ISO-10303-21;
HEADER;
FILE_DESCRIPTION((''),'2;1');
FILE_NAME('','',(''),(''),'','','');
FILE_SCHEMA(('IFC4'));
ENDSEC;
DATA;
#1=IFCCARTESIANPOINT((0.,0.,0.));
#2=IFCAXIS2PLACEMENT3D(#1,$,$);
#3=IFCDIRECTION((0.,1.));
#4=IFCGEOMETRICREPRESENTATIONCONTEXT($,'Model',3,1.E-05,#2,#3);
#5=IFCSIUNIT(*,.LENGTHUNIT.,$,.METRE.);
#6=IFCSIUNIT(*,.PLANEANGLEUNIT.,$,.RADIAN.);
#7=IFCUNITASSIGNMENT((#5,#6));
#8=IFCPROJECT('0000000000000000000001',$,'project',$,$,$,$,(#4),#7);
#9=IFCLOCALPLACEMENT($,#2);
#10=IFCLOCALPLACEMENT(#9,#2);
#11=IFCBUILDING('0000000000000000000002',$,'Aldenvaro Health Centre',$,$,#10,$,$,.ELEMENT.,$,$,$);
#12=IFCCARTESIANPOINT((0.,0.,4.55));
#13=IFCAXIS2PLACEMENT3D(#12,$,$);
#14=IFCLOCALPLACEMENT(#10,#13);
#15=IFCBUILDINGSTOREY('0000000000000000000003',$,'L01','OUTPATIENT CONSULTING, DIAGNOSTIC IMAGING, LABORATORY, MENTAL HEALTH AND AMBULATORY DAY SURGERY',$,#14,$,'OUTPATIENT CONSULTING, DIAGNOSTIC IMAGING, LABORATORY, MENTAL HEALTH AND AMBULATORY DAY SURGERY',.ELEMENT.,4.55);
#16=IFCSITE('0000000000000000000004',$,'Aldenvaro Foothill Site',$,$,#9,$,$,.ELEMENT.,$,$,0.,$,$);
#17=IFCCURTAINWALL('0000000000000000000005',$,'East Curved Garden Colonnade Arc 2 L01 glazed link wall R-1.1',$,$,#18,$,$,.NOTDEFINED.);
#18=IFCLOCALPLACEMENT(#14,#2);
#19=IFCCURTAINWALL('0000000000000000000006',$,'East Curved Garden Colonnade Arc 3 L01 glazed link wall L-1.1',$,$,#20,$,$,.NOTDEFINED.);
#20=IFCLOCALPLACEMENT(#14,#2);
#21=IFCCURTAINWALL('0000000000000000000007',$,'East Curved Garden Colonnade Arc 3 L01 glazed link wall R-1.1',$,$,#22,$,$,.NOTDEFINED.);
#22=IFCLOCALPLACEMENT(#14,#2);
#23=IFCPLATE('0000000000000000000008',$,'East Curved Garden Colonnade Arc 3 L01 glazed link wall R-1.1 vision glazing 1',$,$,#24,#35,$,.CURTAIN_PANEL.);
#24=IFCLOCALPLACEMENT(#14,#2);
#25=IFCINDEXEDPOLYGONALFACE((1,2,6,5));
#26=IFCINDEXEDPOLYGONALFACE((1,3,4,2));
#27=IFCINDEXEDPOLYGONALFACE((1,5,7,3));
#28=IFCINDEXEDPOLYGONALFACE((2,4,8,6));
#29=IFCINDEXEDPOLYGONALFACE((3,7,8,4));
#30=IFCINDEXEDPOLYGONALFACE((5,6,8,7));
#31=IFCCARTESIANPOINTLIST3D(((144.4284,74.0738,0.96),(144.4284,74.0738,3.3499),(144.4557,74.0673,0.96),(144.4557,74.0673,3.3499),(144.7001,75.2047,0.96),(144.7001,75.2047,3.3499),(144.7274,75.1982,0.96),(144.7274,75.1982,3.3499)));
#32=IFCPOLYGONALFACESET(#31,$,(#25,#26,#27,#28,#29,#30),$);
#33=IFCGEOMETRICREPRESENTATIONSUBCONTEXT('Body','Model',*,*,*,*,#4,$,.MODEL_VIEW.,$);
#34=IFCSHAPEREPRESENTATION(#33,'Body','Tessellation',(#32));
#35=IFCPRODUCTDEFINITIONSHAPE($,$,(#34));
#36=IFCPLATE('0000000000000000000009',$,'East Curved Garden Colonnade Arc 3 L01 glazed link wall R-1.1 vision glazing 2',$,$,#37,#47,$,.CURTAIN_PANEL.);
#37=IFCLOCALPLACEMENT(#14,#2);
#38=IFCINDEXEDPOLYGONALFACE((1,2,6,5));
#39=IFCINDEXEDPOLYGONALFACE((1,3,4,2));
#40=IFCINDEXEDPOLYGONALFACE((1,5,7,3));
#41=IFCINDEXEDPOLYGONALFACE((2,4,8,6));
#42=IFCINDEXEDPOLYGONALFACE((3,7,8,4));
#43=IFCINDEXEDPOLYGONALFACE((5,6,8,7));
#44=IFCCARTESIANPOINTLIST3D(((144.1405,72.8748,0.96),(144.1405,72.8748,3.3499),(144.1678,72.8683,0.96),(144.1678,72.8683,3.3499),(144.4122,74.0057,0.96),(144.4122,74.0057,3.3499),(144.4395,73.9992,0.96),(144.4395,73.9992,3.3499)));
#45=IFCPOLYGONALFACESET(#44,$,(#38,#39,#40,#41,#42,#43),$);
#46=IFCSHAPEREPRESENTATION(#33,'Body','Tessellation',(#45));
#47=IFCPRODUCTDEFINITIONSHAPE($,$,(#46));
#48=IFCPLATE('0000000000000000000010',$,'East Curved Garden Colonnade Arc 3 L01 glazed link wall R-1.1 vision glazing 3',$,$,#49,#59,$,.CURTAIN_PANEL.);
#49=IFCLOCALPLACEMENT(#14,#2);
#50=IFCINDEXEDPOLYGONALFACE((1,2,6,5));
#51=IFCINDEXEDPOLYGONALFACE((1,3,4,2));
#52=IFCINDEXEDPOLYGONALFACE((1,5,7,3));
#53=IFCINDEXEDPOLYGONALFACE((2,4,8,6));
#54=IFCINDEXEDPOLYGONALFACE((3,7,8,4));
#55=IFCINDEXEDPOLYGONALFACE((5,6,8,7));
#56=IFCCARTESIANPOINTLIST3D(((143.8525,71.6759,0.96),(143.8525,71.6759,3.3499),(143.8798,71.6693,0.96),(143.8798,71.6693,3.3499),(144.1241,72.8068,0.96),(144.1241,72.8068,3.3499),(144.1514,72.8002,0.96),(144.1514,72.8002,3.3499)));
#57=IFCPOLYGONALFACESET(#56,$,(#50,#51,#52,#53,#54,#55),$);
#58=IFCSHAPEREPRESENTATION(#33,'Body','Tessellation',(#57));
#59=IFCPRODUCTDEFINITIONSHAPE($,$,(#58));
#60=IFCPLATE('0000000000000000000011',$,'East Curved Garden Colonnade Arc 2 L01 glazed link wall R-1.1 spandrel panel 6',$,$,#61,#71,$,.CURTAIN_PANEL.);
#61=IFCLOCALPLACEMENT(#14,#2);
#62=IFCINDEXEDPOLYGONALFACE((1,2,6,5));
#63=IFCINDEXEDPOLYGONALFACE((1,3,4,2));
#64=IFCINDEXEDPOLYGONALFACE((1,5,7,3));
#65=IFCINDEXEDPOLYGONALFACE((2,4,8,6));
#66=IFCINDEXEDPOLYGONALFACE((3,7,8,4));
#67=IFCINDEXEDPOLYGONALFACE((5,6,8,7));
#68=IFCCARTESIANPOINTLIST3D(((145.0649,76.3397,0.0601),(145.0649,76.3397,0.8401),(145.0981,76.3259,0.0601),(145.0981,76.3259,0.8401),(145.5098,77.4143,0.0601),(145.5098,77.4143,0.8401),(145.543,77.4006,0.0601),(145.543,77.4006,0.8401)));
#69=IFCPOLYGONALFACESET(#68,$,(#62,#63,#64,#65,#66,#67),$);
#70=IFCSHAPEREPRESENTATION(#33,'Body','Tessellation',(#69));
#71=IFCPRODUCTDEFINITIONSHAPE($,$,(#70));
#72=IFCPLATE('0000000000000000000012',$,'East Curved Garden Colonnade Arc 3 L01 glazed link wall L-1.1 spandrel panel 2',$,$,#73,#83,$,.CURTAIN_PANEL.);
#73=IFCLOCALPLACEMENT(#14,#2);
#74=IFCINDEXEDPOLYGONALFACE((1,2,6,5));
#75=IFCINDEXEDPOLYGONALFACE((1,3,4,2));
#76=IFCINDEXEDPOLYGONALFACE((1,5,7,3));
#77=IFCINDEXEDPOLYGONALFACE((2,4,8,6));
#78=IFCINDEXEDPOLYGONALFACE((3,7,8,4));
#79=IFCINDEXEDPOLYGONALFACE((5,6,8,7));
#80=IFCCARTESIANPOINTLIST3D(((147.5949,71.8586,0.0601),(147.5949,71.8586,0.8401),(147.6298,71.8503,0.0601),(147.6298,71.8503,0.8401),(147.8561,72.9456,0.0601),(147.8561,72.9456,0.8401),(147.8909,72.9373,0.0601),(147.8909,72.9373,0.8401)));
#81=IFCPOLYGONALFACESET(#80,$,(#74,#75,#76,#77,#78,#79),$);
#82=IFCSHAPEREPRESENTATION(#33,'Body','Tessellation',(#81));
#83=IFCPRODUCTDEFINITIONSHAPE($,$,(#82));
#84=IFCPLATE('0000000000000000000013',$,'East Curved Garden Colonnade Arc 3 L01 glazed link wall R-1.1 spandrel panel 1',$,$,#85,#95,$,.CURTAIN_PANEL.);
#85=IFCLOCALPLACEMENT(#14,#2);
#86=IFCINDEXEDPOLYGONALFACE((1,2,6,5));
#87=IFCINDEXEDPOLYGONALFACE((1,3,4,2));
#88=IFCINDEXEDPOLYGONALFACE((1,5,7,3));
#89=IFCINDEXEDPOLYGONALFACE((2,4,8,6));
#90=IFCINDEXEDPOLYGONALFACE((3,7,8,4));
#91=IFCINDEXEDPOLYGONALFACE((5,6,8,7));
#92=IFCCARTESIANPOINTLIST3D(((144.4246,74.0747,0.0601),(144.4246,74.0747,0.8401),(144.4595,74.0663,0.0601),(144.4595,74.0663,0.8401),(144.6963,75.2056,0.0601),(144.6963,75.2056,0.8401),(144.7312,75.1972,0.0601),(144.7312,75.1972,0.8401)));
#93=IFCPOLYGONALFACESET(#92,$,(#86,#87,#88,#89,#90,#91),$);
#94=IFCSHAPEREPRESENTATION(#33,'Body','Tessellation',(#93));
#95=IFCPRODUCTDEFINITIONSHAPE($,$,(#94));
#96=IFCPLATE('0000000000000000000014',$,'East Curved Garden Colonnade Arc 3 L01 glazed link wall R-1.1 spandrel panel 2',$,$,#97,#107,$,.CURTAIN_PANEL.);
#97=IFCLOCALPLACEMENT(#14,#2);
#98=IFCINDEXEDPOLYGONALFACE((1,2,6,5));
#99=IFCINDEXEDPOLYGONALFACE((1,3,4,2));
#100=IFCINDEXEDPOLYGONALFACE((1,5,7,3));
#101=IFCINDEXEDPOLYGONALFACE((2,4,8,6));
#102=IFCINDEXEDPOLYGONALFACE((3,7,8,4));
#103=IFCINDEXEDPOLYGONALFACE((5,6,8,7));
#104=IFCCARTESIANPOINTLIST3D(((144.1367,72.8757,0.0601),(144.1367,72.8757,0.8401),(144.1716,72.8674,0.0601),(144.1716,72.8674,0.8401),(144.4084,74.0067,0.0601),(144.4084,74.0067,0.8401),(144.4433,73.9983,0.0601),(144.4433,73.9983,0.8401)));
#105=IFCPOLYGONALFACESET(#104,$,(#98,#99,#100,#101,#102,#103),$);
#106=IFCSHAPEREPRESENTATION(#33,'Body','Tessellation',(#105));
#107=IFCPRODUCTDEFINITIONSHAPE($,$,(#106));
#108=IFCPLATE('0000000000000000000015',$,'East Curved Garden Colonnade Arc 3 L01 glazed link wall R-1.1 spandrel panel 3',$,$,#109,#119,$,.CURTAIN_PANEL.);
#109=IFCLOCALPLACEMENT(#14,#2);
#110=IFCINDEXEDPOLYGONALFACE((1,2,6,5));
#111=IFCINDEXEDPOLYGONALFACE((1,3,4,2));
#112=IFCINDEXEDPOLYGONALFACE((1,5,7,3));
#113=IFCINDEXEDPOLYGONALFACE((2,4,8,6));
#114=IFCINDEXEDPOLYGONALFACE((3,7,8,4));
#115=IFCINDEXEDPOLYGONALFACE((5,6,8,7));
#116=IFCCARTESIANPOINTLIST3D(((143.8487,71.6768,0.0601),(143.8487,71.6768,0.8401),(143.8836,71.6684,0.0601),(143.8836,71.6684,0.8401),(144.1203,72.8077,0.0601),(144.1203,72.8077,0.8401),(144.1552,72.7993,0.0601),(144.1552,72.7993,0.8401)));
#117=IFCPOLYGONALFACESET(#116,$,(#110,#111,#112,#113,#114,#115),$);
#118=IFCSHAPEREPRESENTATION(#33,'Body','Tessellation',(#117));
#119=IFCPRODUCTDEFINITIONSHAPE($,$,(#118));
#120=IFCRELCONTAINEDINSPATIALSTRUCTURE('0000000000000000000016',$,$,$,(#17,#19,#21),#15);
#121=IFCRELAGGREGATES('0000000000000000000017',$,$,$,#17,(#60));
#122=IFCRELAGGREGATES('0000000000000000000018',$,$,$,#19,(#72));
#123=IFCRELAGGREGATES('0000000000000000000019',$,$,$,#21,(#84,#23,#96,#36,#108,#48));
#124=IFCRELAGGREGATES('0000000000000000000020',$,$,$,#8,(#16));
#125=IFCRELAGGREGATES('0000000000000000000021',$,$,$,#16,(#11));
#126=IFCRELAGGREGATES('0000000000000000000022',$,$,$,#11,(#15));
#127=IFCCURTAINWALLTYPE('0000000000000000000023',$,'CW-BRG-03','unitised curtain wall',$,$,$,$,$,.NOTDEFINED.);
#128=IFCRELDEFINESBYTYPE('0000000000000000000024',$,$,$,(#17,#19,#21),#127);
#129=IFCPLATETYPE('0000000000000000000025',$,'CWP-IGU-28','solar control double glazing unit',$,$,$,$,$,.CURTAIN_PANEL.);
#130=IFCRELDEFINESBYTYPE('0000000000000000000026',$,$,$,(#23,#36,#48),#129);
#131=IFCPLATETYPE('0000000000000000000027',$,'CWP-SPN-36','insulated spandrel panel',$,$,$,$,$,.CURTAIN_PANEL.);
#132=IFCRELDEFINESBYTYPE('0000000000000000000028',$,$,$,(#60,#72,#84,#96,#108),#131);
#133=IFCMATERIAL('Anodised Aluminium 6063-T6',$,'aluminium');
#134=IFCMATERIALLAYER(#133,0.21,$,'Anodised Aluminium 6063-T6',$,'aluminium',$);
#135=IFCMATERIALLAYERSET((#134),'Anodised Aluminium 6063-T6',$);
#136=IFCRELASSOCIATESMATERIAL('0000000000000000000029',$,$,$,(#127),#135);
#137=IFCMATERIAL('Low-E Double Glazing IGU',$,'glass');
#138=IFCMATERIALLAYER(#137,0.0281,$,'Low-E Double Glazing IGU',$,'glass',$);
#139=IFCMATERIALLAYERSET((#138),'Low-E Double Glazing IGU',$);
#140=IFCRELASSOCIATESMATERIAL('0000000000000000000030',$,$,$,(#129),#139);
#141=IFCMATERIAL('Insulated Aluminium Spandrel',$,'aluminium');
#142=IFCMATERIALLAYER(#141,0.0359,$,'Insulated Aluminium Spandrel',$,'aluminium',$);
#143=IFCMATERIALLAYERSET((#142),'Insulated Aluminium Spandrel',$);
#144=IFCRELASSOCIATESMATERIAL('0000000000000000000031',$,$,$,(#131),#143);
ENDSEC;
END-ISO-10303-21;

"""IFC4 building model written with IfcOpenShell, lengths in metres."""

from ifc_helpers import new_model, si_unit, direction, frame, origin, origin_2d, place, context, subcontext, project, spatial, rectangle, extrude, material, layer, layer_set, type_object, element, aggregate, save


model = new_model("IFC4")

# Units and contexts
model_context = context("Model", 3, precision=1e-05, world=origin(), true_north=direction((0.0, 1.0)))
body_context = subcontext(model_context, "Body", "Model", "MODEL_VIEW")
ifc_project = project(units=[si_unit("LENGTHUNIT", "METRE"), si_unit("PLANEANGLEUNIT", "RADIAN")], contexts=[model_context])

# Site, building, storey
site_placement = place(None, origin())
site = spatial("IfcSite", under=ifc_project, at=site_placement, Name="Aldenvaro Foothill Site", CompositionType="ELEMENT", RefElevation=0.0)
building_placement = place(site_placement, origin())
building = spatial("IfcBuilding", under=site, at=building_placement, Name="Aldenvaro Health Centre", CompositionType="ELEMENT")
storey_placement = place(building_placement, frame((0.0, 0.0, 4.55)))
storey = spatial("IfcBuildingStorey", under=building, at=storey_placement, Name="L01", Description="OUTPATIENT CONSULTING, DIAGNOSTIC IMAGING, LABORATORY, MENTAL HEALTH AND AMBULATORY DAY SURGERY", LongName="OUTPATIENT CONSULTING, DIAGNOSTIC IMAGING, LABORATORY, MENTAL HEALTH AND AMBULATORY DAY SURGERY", CompositionType="ELEMENT", Elevation=4.55)

# Curtain wall
ifc_material_1 = material(Name="Anodised Aluminium 6063-T6", Category="aluminium")
ifc_layer_1 = layer(ifc_material_1, 0.21, Name="Anodised Aluminium 6063-T6", Category="aluminium")
ifc_layer_set_1 = layer_set([ifc_layer_1], Name="Anodised Aluminium 6063-T6")
curtain_wall_type = type_object("IfcCurtainWallType", Name="CW-BRG-03", Description="unitised curtain wall", PredefinedType="NOTDEFINED", material=ifc_layer_set_1)
curtain_wall_1_placement = place(storey_placement, origin())
curtain_wall_1 = element("IfcCurtainWall", 1, at=curtain_wall_1_placement, inside=storey, type_object=curtain_wall_type, Name="East Curved Garden Colonnade Arc 2 L01 glazed link wall R-1.1", PredefinedType="NOTDEFINED")

# Curtain walls
curtain_wall_2_placement = place(storey_placement, origin())
curtain_wall_2 = element("IfcCurtainWall", 2, at=curtain_wall_2_placement, inside=storey, type_object=curtain_wall_type, Name="East Curved Garden Colonnade Arc 3 L01 glazed link wall L-1.1", PredefinedType="NOTDEFINED")
curtain_wall_3_placement = place(storey_placement, origin())
curtain_wall_3 = element("IfcCurtainWall", 3, at=curtain_wall_3_placement, inside=storey, type_object=curtain_wall_type, Name="East Curved Garden Colonnade Arc 3 L01 glazed link wall R-1.1", PredefinedType="NOTDEFINED")

# Plates
ifc_material_2 = material(Name="Low-E Double Glazing IGU", Category="glass")
ifc_layer_2 = layer(ifc_material_2, 0.0281, Name="Low-E Double Glazing IGU", Category="glass")
ifc_layer_set_2 = layer_set([ifc_layer_2], Name="Low-E Double Glazing IGU")
plate_type_1 = type_object("IfcPlateType", Name="CWP-IGU-28", Description="solar control double glazing unit", PredefinedType="CURTAIN_PANEL", material=ifc_layer_set_2)
plate_1_placement = place(storey_placement, frame((144.5779, 74.636, 0.96), z_axis=(0.0, 0.0, 1.0), x_axis=(-0.233588, -0.972336, 0.0)))
plate_1 = element("IfcPlate", 4, at=plate_1_placement, type_object=plate_type_1, Name="East Curved Garden Colonnade Arc 3 L01 glazed link wall R-1.1 vision glazing 1", PredefinedType="CURTAIN_PANEL", context=body_context, shape_type="SweptSolid", body=[
    extrude(rectangle(XDim=1.1631, YDim=0.0281, at=origin_2d()), origin(), (0.0, 0.0, 1.0), 2.3899),
])
plate_2_placement = place(storey_placement, frame((144.29, 73.437, 0.96), z_axis=(0.0, 0.0, 1.0), x_axis=(-0.233588, -0.972336, 0.0)))
plate_2 = element("IfcPlate", 5, at=plate_2_placement, type_object=plate_type_1, Name="East Curved Garden Colonnade Arc 3 L01 glazed link wall R-1.1 vision glazing 2", PredefinedType="CURTAIN_PANEL", context=body_context, shape_type="SweptSolid", body=[
    extrude(rectangle(XDim=1.1631, YDim=0.0281, at=origin_2d()), origin(), (0.0, 0.0, 1.0), 2.3899),
])
plate_3_placement = place(storey_placement, frame((144.002, 72.238, 0.96), z_axis=(0.0, 0.0, 1.0), x_axis=(-0.233588, -0.972336, 0.0)))
plate_3 = element("IfcPlate", 6, at=plate_3_placement, type_object=plate_type_1, Name="East Curved Garden Colonnade Arc 3 L01 glazed link wall R-1.1 vision glazing 3", PredefinedType="CURTAIN_PANEL", context=body_context, shape_type="SweptSolid", body=[
    extrude(rectangle(XDim=1.1631, YDim=0.0281, at=origin_2d()), origin(), (0.0, 0.0, 1.0), 2.3899),
])
ifc_material_3 = material(Name="Insulated Aluminium Spandrel", Category="aluminium")
ifc_layer_3 = layer(ifc_material_3, 0.0359, Name="Insulated Aluminium Spandrel", Category="aluminium")
ifc_layer_set_3 = layer_set([ifc_layer_3], Name="Insulated Aluminium Spandrel")
plate_type_2 = type_object("IfcPlateType", Name="CWP-SPN-36", Description="insulated spandrel panel", PredefinedType="CURTAIN_PANEL", material=ifc_layer_set_3)
plate_4_placement = place(storey_placement, frame((145.304, 76.8701, 0.0601), z_axis=(0.0, 0.0, 1.0), x_axis=(-0.382503, -0.923954, 0.0)))
plate_4 = element("IfcPlate", 7, at=plate_4_placement, type_object=plate_type_2, Name="East Curved Garden Colonnade Arc 2 L01 glazed link wall R-1.1 spandrel panel 6", PredefinedType="CURTAIN_PANEL", context=body_context, shape_type="SweptSolid", body=[
    extrude(rectangle(XDim=1.1631, YDim=0.0359, at=origin_2d()), origin(), (0.0, 0.0, 1.0), 0.78),
])
aggregate(curtain_wall_1, [plate_4])
plate_5_placement = place(storey_placement, frame((147.7429, 72.3979, 0.0601), z_axis=(0.0, 0.0, 1.0), x_axis=(-0.233612, -0.97233, 0.0)))
plate_5 = element("IfcPlate", 8, at=plate_5_placement, type_object=plate_type_2, Name="East Curved Garden Colonnade Arc 3 L01 glazed link wall L-1.1 spandrel panel 2", PredefinedType="CURTAIN_PANEL", context=body_context, shape_type="SweptSolid", body=[
    extrude(rectangle(XDim=1.1179, YDim=0.0359, at=origin_2d()), origin(), (0.0, 0.0, 1.0), 0.78),
])
aggregate(curtain_wall_2, [plate_5])
plate_6_placement = place(storey_placement, frame((144.5779, 74.636, 0.0601), z_axis=(0.0, 0.0, 1.0), x_axis=(-0.233588, -0.972336, 0.0)))
plate_6 = element("IfcPlate", 9, at=plate_6_placement, type_object=plate_type_2, Name="East Curved Garden Colonnade Arc 3 L01 glazed link wall R-1.1 spandrel panel 1", PredefinedType="CURTAIN_PANEL", context=body_context, shape_type="SweptSolid", body=[
    extrude(rectangle(XDim=1.1631, YDim=0.0359, at=origin_2d()), origin(), (0.0, 0.0, 1.0), 0.78),
])
plate_7_placement = place(storey_placement, frame((144.29, 73.437, 0.0601), z_axis=(0.0, 0.0, 1.0), x_axis=(-0.233588, -0.972336, 0.0)))
plate_7 = element("IfcPlate", 10, at=plate_7_placement, type_object=plate_type_2, Name="East Curved Garden Colonnade Arc 3 L01 glazed link wall R-1.1 spandrel panel 2", PredefinedType="CURTAIN_PANEL", context=body_context, shape_type="SweptSolid", body=[
    extrude(rectangle(XDim=1.1631, YDim=0.0359, at=origin_2d()), origin(), (0.0, 0.0, 1.0), 0.78),
])
plate_8_placement = place(storey_placement, frame((144.002, 72.238, 0.0601), z_axis=(0.0, 0.0, 1.0), x_axis=(-0.233588, -0.972336, 0.0)))
plate_8 = element("IfcPlate", 11, at=plate_8_placement, type_object=plate_type_2, Name="East Curved Garden Colonnade Arc 3 L01 glazed link wall R-1.1 spandrel panel 3", PredefinedType="CURTAIN_PANEL", context=body_context, shape_type="SweptSolid", body=[
    extrude(rectangle(XDim=1.1631, YDim=0.0359, at=origin_2d()), origin(), (0.0, 0.0, 1.0), 0.78),
])
aggregate(curtain_wall_3, [plate_6, plate_1, plate_7, plate_2, plate_8, plate_3])

save(model, "model.ifc")
